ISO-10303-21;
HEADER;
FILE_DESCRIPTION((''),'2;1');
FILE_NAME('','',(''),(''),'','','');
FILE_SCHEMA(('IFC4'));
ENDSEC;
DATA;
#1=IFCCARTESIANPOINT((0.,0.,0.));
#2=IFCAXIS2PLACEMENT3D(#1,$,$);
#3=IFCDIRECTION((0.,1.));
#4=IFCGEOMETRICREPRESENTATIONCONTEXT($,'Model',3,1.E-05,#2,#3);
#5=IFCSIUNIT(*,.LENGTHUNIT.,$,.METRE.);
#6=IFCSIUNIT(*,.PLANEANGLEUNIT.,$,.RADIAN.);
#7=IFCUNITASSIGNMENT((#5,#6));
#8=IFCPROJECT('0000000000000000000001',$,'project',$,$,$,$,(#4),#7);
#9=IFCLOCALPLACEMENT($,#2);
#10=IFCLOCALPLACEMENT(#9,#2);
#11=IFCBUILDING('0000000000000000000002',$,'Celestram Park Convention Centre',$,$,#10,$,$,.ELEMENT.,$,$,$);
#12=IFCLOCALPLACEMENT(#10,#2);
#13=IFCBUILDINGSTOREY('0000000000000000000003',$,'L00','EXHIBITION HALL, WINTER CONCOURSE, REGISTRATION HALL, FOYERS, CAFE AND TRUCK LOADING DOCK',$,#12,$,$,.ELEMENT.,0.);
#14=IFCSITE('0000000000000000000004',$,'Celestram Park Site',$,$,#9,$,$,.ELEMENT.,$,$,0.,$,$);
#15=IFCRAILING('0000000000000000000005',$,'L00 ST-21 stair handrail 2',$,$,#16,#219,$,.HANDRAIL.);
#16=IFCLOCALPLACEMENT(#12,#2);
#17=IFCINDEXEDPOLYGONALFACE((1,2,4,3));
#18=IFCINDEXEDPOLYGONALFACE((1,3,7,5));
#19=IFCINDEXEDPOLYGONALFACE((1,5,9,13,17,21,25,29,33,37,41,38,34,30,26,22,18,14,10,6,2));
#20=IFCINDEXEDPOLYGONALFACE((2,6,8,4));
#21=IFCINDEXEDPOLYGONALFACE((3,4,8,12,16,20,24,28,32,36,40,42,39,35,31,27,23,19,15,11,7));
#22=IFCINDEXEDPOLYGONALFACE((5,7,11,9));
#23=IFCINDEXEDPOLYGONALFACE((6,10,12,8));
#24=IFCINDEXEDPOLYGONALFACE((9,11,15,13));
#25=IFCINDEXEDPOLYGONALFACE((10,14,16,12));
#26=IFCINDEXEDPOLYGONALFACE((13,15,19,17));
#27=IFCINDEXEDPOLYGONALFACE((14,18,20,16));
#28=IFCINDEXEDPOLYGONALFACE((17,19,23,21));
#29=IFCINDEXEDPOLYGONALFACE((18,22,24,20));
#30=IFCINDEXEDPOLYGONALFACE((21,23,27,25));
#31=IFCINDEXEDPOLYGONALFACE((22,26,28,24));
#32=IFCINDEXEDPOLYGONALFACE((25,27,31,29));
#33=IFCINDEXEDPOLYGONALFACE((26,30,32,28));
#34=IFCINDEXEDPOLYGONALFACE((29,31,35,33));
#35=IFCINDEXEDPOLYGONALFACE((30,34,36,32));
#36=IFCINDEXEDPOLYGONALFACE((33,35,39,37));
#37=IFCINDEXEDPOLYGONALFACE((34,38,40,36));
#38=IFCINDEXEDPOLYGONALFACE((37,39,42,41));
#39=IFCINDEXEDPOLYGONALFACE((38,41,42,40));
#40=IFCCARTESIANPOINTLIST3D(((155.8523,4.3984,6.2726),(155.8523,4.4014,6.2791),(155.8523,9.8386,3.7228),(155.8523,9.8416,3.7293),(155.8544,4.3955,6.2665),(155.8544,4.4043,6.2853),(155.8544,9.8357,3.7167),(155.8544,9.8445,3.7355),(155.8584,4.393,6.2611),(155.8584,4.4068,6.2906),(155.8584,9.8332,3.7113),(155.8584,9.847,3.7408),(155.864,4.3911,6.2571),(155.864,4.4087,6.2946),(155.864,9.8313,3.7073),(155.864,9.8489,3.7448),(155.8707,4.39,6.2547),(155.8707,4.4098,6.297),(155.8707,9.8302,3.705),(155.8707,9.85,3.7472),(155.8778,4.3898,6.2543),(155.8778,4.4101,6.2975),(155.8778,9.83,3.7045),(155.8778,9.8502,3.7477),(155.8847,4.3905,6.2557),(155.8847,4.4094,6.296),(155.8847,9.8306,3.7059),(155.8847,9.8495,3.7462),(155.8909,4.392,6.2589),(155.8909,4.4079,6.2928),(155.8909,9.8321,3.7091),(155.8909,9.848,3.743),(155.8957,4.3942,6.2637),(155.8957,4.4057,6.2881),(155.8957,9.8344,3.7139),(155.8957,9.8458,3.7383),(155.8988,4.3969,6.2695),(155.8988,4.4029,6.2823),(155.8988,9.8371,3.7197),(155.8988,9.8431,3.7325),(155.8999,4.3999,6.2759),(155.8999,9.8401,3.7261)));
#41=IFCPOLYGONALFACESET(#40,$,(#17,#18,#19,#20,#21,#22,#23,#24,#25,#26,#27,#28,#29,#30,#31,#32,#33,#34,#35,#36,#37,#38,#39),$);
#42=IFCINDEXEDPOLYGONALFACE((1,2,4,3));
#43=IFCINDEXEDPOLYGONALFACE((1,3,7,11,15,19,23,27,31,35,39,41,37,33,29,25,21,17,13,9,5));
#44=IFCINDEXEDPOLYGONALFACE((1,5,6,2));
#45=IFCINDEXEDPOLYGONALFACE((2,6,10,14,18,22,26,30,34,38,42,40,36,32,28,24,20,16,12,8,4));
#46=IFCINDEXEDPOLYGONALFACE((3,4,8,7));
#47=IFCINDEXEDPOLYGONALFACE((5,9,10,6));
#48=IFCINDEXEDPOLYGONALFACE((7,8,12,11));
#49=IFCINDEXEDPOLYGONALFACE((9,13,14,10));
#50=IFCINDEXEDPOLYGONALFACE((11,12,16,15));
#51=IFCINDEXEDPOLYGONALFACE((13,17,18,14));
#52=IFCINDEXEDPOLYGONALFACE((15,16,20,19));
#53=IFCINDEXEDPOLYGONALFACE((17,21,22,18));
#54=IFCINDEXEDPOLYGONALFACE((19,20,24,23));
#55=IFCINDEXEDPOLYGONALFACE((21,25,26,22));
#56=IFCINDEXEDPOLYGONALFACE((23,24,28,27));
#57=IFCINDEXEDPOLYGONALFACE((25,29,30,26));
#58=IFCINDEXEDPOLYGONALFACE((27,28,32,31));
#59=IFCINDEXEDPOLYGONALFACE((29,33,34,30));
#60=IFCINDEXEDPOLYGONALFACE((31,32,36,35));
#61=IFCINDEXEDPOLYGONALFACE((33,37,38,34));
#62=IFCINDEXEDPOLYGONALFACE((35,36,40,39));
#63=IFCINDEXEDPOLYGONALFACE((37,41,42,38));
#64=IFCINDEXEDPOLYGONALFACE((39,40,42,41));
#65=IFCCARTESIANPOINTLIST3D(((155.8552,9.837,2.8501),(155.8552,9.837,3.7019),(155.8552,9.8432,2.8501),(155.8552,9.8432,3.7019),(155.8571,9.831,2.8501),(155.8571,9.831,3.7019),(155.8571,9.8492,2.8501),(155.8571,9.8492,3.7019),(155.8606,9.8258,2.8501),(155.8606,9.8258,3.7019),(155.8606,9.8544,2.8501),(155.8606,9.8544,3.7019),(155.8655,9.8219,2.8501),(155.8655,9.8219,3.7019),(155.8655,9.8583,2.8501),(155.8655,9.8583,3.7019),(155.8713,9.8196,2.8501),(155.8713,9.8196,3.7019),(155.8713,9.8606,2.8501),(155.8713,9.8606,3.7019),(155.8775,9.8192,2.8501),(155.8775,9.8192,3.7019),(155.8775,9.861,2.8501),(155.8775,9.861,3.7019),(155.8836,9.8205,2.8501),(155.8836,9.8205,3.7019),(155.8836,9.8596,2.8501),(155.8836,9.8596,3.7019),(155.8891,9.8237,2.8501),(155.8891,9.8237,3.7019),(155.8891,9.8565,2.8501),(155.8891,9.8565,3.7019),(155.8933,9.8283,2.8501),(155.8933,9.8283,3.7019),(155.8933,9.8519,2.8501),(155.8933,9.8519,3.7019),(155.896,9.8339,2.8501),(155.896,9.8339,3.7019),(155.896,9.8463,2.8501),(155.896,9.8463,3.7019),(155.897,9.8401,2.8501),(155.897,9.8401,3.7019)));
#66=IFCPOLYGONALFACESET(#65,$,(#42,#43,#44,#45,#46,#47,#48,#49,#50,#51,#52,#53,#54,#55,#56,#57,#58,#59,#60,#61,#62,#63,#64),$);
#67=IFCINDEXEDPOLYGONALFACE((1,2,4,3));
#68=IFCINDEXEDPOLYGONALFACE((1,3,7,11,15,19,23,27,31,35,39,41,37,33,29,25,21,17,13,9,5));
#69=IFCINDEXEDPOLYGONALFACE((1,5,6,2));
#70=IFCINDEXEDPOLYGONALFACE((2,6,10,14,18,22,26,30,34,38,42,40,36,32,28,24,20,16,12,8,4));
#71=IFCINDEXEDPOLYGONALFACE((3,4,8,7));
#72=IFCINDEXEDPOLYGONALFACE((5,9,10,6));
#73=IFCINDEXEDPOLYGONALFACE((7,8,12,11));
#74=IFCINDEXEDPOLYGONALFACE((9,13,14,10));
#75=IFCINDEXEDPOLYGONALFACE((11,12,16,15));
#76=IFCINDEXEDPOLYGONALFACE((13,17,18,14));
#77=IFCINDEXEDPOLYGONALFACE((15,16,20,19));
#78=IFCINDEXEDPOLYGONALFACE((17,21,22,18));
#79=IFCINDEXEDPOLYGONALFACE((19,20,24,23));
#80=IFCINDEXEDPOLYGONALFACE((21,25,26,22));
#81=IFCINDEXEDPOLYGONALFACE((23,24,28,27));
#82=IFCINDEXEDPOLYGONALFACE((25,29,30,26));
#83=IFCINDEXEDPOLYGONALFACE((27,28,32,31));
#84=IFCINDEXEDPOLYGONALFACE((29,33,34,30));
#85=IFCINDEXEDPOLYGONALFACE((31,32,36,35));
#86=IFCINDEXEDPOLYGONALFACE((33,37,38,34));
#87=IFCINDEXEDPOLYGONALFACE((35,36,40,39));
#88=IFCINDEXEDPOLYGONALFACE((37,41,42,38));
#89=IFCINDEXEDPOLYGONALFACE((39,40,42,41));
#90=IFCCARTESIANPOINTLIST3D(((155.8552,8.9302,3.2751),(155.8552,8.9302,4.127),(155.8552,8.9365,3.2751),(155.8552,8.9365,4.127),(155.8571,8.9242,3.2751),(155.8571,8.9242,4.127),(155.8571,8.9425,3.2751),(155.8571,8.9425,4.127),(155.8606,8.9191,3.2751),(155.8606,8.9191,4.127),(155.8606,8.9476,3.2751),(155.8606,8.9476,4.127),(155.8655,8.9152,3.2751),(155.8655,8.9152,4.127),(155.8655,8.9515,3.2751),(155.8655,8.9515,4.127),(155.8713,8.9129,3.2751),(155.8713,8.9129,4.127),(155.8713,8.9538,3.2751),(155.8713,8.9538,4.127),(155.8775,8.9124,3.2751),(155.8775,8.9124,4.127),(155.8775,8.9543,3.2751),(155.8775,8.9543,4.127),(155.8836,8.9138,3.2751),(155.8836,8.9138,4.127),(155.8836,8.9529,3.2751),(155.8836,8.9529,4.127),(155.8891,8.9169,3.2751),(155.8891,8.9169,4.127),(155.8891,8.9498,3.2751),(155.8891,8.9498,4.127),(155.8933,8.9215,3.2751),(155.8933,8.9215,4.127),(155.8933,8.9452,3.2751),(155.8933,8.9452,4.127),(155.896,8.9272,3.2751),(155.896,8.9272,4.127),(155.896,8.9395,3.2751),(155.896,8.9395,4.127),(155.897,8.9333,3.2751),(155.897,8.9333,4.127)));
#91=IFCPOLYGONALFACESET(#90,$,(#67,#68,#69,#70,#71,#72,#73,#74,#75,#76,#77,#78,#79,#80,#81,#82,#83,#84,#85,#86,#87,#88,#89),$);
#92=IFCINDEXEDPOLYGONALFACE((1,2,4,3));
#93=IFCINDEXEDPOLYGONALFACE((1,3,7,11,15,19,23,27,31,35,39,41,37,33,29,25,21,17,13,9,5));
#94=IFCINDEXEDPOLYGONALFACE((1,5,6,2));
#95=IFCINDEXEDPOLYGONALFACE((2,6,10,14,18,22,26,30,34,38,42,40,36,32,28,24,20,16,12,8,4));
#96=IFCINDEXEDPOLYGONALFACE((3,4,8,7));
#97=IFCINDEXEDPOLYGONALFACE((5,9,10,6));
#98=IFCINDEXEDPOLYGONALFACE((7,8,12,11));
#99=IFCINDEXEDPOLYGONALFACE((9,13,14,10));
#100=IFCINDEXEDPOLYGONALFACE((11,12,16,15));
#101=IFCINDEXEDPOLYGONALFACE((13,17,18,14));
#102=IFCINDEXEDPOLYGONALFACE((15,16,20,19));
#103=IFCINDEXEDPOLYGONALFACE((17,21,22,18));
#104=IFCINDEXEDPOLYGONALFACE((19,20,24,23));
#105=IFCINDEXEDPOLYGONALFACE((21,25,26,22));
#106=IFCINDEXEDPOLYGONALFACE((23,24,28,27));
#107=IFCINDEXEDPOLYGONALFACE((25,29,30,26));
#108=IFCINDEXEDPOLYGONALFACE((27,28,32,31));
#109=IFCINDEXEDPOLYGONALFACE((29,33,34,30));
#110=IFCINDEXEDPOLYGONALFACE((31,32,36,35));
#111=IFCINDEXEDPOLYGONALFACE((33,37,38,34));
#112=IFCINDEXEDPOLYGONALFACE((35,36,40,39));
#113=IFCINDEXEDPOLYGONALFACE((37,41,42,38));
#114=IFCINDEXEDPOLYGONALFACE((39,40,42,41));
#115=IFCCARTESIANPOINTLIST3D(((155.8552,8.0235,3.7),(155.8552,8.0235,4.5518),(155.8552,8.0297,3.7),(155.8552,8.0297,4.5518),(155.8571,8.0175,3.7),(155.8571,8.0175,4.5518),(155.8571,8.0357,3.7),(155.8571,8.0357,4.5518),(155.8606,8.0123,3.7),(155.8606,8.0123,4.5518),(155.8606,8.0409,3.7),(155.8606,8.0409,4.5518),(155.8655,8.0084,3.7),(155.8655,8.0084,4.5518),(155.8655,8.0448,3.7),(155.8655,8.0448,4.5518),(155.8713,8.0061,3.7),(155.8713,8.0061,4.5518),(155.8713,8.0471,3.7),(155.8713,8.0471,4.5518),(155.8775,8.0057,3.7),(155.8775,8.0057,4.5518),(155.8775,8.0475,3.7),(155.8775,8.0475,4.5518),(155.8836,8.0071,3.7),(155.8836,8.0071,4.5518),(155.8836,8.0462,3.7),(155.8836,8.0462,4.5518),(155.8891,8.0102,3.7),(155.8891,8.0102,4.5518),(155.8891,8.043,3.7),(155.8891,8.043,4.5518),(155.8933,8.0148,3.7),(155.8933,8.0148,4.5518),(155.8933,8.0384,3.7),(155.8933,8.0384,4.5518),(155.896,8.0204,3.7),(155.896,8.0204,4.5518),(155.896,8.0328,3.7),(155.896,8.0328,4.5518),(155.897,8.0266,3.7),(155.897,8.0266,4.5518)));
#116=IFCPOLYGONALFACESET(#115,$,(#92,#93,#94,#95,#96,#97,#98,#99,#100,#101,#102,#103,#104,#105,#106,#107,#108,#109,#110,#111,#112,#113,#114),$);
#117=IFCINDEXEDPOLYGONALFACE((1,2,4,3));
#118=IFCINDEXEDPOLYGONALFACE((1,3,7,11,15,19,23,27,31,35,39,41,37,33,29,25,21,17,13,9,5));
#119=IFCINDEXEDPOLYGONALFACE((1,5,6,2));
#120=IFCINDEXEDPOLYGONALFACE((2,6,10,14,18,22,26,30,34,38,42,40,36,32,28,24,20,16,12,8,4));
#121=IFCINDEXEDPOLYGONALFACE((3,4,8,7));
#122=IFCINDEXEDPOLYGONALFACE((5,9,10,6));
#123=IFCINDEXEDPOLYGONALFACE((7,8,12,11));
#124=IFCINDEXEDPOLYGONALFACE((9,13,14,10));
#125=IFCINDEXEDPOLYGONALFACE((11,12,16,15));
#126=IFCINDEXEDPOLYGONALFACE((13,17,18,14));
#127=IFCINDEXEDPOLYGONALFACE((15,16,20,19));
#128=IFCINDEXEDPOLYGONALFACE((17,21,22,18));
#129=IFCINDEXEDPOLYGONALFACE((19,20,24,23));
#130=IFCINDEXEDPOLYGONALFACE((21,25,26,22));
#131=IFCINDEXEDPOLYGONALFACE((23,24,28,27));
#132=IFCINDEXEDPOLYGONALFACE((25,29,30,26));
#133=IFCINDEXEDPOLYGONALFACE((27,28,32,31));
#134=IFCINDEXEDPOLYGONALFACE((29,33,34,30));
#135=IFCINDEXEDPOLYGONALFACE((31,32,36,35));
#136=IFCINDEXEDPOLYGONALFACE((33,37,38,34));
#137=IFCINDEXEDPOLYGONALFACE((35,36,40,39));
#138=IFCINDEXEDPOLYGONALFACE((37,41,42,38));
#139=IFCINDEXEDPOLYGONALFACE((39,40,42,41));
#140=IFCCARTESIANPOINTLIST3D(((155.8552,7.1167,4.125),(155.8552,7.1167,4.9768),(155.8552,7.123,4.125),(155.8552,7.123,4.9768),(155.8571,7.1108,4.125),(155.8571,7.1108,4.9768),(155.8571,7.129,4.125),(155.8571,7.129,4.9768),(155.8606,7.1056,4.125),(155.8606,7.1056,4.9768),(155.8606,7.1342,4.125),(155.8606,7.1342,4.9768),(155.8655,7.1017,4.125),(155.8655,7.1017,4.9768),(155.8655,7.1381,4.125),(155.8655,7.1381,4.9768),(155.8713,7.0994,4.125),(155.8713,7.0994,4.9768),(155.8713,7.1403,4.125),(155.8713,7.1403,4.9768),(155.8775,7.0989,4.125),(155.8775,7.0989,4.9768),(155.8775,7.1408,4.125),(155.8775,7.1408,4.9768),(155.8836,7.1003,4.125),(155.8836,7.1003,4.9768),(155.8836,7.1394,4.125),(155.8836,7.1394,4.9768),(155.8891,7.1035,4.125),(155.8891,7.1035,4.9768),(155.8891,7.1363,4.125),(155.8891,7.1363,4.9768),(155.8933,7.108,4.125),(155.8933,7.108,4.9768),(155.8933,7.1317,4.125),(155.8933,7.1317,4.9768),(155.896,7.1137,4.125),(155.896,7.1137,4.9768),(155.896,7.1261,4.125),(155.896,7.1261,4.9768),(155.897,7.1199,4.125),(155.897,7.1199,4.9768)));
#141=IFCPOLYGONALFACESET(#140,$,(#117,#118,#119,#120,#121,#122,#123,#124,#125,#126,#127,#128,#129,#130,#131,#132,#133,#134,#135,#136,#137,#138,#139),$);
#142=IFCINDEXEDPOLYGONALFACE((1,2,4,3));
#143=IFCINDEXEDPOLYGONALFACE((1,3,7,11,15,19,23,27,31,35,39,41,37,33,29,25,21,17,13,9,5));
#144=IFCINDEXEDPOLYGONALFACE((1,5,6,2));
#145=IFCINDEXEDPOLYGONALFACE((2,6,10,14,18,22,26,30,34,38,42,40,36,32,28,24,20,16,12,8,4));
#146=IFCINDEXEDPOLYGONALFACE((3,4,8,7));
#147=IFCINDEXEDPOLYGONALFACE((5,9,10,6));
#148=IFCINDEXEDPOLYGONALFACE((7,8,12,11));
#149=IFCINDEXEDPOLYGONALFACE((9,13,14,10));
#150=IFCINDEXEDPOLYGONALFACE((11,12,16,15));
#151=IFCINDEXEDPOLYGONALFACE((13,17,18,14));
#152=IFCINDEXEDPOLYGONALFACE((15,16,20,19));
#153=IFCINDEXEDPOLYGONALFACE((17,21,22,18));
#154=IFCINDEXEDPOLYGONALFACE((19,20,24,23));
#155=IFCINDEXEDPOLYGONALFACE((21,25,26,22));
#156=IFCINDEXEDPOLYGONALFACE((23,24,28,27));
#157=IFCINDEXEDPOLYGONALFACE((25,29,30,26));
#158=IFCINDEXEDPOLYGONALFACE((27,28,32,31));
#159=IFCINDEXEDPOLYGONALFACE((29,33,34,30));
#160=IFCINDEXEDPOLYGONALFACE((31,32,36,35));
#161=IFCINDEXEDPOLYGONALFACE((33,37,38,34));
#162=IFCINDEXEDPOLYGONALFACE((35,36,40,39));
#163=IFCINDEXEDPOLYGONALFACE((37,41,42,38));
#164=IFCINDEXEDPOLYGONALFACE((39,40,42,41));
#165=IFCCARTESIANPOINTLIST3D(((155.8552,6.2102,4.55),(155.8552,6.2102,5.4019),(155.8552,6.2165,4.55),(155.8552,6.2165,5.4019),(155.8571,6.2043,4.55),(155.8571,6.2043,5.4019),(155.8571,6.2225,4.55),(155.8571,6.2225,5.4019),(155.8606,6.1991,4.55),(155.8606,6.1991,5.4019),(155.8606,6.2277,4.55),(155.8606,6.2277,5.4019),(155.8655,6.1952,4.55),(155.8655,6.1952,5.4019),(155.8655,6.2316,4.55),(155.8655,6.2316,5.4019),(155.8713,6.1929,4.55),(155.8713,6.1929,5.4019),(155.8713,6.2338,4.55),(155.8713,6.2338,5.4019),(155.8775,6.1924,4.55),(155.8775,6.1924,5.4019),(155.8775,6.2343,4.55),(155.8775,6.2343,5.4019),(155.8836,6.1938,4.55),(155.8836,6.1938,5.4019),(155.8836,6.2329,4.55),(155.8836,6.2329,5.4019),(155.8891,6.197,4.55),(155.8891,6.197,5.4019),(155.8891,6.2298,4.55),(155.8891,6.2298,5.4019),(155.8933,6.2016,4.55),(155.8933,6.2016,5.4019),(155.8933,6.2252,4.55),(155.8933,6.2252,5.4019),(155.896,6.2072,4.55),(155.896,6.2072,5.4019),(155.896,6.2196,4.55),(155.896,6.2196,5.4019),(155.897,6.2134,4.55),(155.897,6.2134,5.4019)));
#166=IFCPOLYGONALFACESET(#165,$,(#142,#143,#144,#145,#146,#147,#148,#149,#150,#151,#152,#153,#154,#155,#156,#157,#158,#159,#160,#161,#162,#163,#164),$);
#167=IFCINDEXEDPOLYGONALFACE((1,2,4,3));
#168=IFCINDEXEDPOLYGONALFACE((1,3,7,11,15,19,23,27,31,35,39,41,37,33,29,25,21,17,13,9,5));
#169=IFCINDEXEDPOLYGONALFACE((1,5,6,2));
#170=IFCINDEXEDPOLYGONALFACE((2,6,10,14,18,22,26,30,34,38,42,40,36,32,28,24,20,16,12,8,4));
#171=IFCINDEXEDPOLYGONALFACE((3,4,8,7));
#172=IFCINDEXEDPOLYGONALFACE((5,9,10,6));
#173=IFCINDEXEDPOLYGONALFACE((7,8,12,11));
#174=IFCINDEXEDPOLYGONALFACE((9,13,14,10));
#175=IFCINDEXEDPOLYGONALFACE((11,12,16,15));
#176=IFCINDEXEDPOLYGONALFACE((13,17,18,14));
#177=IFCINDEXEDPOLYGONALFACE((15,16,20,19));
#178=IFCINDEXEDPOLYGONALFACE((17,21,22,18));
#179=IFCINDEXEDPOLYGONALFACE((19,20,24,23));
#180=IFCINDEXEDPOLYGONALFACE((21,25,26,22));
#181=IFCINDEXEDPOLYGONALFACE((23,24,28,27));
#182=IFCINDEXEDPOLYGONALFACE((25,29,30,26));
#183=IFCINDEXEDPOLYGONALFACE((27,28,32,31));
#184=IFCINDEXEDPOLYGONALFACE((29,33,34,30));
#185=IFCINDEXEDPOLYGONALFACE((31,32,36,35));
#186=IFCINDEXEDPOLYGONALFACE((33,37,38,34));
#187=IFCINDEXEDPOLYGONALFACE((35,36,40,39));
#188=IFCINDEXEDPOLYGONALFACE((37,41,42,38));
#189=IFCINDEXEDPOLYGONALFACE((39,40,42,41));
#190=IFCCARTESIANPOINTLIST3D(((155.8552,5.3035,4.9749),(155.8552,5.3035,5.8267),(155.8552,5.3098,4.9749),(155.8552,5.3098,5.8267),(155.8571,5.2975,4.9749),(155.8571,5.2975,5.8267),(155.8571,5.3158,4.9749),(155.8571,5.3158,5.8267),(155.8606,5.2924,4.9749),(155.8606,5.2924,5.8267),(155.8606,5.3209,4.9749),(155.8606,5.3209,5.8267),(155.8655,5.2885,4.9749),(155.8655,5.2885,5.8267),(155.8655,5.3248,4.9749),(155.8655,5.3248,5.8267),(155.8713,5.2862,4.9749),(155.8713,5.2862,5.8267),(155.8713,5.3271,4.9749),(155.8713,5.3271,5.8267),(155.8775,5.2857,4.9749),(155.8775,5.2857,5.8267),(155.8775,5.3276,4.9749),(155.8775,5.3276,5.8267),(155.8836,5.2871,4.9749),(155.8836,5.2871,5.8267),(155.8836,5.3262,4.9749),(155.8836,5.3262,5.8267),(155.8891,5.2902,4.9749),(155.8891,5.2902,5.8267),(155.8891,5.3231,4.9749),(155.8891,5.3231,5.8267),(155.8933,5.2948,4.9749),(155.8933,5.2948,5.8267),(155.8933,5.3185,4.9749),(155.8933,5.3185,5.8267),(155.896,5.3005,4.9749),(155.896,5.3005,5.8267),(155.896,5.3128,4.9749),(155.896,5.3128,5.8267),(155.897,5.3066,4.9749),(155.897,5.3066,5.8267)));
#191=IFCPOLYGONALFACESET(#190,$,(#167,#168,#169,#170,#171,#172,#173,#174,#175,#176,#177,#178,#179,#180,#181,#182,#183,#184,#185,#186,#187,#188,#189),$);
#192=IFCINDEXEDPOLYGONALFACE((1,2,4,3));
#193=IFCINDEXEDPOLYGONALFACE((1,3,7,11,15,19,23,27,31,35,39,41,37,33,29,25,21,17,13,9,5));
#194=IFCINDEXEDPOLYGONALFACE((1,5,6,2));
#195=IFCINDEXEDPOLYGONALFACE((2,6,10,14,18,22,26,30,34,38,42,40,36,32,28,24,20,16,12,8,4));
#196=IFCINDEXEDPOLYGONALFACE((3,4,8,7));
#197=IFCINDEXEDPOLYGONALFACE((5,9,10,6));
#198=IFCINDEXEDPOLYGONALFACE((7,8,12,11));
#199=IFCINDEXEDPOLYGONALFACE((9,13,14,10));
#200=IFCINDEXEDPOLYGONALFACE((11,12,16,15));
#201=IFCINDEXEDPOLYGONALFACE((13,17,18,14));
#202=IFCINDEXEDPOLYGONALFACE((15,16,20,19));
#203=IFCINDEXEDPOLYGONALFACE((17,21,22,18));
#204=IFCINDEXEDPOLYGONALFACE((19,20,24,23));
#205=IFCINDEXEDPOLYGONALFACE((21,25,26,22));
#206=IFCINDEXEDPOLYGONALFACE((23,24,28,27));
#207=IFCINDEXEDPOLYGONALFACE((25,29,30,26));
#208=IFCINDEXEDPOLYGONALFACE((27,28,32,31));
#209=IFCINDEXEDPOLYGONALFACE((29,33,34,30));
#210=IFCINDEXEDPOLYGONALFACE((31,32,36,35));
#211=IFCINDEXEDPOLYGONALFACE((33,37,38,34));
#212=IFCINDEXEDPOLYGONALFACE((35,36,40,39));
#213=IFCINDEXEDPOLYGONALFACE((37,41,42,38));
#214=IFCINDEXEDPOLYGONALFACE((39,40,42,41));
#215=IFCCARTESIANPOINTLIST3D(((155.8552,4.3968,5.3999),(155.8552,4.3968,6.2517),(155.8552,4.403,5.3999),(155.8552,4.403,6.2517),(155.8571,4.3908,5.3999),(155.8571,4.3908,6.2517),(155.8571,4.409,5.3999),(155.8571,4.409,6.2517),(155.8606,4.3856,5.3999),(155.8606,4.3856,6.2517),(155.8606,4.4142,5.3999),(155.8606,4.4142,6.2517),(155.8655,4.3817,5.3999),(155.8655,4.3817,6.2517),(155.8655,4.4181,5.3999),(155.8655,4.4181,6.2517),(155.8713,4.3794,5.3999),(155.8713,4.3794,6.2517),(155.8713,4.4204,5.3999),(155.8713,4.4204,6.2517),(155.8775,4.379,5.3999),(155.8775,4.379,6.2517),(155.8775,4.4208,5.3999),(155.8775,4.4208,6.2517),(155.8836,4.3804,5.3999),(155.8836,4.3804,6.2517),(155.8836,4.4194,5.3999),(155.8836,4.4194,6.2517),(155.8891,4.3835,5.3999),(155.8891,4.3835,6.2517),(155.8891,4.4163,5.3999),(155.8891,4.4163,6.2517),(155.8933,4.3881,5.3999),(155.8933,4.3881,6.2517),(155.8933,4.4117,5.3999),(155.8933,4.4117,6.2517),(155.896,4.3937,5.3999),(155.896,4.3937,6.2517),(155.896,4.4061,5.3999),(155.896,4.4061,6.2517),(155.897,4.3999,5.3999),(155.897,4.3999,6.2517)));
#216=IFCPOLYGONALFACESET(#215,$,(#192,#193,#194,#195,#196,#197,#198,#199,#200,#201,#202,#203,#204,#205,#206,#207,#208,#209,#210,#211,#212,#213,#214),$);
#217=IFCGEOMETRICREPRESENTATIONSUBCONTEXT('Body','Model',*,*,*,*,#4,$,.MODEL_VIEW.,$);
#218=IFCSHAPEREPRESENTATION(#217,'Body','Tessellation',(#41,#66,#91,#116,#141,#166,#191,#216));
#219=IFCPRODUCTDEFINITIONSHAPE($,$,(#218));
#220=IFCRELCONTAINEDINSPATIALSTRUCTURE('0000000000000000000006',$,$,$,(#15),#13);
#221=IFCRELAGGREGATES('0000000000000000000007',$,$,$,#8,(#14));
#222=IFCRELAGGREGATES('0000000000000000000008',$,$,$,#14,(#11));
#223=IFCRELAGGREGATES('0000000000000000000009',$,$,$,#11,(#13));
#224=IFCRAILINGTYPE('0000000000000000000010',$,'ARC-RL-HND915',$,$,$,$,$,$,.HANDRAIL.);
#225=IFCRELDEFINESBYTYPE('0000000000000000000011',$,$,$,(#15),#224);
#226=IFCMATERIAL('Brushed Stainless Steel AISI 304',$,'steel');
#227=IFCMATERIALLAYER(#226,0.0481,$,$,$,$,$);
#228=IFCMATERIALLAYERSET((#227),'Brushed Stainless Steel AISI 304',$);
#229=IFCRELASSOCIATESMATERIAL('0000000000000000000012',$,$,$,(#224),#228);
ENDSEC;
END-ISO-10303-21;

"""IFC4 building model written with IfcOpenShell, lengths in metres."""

from ifc_helpers import new_model, si_unit, direction, frame, origin, origin_2d, place, context, subcontext, project, spatial, circle, extrude, material, layer, layer_set, type_object, element, save


model = new_model("IFC4")

# Units and contexts
model_context = context("Model", 3, precision=1e-05, world=origin(), true_north=direction((0.0, 1.0)))
body_context = subcontext(model_context, "Body", "Model", "MODEL_VIEW")
ifc_project = project(units=[si_unit("LENGTHUNIT", "METRE"), si_unit("PLANEANGLEUNIT", "RADIAN")], contexts=[model_context])

# Site, building, storey
site_placement = place(None, origin())
site = spatial("IfcSite", under=ifc_project, at=site_placement, Name="Celestram Park Site", CompositionType="ELEMENT", RefElevation=0.0)
building_placement = place(site_placement, origin())
building = spatial("IfcBuilding", under=site, at=building_placement, Name="Celestram Park Convention Centre", CompositionType="ELEMENT")
storey_placement = place(building_placement, origin())
storey = spatial("IfcBuildingStorey", under=building, at=storey_placement, Name="L00", Description="EXHIBITION HALL, WINTER CONCOURSE, REGISTRATION HALL, FOYERS, CAFE AND TRUCK LOADING DOCK", CompositionType="ELEMENT", Elevation=0.0)

# Railing
ifc_material_1 = material(Name="Brushed Stainless Steel AISI 304", Category="steel")
ifc_layer_1 = layer(ifc_material_1, 0.0481)
ifc_layer_set_1 = layer_set([ifc_layer_1], Name="Brushed Stainless Steel AISI 304")
railing_type_1 = type_object("IfcRailingType", Name="ARC-RL-HND915", PredefinedType="HANDRAIL", material=ifc_layer_set_1)
railing_1_placement = place(storey_placement, frame((155.876, 9.8401, 2.8501)))
element("IfcRailing", 1, at=railing_1_placement, inside=storey, type_object=railing_type_1, Name="L00 ST-21 stair handrail 2", PredefinedType="HANDRAIL", context=body_context, shape_type="SweptSolid", body=[
    extrude(circle(Radius=0.0239, at=origin_2d()), frame((0.0, 0.0, 0.876), z_axis=(0.0, -0.905477, 0.424395), x_axis=(1.0, 0.0, 0.0)), (0.0, 0.0, 1.0), 6.0081),
    extrude(circle(Radius=0.021, at=origin_2d()), origin(), (0.0, 0.0, 1.0), 0.8518),
    extrude(circle(Radius=0.021, at=origin_2d()), frame((0.0, -0.9067, 0.425)), (0.0, 0.0, 1.0), 0.8518),
    extrude(circle(Radius=0.021, at=origin_2d()), frame((0.0, -1.8135, 0.8499)), (0.0, 0.0, 1.0), 0.8518),
    extrude(circle(Radius=0.021, at=origin_2d()), frame((0.0, -2.7202, 1.2749)), (0.0, 0.0, 1.0), 0.8518),
    extrude(circle(Radius=0.021, at=origin_2d()), frame((0.0, -3.6267, 1.7)), (0.0, 0.0, 1.0), 0.8518),
    extrude(circle(Radius=0.021, at=origin_2d()), frame((0.0, -4.5334, 2.1248)), (0.0, 0.0, 1.0), 0.8518),
    extrude(circle(Radius=0.021, at=origin_2d()), frame((0.0, -5.4402, 2.5498)), (0.0, 0.0, 1.0), 0.8518),
])

save(model, "model.ifc")
